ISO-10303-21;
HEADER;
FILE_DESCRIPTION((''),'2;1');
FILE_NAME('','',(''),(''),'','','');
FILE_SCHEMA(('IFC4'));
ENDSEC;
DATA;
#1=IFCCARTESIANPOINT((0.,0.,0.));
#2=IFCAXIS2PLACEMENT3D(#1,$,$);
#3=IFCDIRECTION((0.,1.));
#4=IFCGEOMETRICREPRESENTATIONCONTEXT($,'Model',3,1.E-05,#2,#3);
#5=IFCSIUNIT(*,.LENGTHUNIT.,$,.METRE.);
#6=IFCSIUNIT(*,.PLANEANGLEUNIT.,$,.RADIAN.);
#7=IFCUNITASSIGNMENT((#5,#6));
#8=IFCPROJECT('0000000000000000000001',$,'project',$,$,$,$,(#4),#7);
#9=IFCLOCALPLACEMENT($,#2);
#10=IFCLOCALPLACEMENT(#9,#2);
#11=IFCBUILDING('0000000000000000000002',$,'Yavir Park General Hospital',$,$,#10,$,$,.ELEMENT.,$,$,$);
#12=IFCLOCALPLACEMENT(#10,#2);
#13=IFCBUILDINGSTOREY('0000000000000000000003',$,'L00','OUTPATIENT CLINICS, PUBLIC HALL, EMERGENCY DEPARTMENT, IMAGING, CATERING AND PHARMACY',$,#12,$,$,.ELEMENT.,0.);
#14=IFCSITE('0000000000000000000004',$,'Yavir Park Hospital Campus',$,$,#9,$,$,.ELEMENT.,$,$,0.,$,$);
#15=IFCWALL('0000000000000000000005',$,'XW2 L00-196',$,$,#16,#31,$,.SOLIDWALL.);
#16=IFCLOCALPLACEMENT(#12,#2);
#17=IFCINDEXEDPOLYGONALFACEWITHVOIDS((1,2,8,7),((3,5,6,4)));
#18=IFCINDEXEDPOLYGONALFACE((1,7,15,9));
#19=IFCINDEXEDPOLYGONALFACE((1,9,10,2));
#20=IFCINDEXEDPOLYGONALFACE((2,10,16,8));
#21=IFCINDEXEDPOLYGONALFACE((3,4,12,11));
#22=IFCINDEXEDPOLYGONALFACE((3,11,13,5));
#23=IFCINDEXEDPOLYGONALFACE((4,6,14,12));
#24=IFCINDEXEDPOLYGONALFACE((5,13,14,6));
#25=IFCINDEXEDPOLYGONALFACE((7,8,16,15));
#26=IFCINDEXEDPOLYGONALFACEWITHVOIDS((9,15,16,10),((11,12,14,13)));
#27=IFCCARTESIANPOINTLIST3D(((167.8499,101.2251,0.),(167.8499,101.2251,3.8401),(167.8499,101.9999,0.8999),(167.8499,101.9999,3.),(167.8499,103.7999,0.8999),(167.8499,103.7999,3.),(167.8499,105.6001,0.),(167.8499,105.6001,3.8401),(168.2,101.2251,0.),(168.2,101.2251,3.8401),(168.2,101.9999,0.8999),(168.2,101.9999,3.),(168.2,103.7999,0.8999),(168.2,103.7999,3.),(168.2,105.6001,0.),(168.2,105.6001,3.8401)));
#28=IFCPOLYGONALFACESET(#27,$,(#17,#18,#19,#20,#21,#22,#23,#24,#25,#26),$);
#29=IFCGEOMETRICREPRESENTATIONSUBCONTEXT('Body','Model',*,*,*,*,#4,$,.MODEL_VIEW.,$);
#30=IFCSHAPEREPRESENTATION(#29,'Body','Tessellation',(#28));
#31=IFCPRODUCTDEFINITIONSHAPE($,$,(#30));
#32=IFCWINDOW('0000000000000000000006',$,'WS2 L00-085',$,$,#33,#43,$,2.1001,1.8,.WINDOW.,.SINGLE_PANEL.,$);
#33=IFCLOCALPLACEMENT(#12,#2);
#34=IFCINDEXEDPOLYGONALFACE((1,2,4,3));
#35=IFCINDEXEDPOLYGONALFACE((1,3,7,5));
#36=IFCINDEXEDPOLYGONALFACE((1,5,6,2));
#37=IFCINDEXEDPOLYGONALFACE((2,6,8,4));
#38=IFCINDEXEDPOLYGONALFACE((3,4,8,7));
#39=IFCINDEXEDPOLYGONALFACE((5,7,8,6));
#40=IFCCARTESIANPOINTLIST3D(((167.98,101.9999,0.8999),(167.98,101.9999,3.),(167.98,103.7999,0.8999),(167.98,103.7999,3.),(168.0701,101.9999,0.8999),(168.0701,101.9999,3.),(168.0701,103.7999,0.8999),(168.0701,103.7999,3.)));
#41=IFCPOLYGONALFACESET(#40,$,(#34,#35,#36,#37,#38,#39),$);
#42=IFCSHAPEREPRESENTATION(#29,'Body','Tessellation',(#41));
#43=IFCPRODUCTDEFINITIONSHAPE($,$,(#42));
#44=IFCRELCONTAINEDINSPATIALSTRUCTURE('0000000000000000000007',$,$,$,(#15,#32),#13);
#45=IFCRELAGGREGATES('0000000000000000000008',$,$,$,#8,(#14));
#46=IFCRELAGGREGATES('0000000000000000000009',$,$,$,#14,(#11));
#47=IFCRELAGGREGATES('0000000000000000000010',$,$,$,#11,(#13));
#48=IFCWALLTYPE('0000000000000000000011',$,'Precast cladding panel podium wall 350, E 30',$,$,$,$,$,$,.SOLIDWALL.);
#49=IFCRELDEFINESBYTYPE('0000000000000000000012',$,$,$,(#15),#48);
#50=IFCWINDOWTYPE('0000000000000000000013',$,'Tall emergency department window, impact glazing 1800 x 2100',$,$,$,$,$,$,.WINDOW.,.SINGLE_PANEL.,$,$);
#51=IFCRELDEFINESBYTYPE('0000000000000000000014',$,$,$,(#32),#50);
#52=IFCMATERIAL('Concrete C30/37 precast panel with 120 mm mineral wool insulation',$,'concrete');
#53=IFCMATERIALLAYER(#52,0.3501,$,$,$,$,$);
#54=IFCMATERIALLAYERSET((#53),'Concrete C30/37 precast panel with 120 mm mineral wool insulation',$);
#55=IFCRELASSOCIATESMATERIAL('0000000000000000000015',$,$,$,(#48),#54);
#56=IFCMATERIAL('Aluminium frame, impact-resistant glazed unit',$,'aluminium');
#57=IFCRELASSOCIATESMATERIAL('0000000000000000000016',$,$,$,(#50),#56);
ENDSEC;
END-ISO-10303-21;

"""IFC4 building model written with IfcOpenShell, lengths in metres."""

from ifc_helpers import new_model, si_unit, direction, frame, frame_2d, origin, place, context, subcontext, project, spatial, rectangle, extrude, material, layer, layer_set, type_object, element, fill, save


model = new_model("IFC4")

# Units and contexts
model_context = context("Model", 3, precision=1e-05, world=origin(), true_north=direction((0.0, 1.0)))
body_context = subcontext(model_context, "Body", "Model", "MODEL_VIEW")
ifc_project = project(units=[si_unit("LENGTHUNIT", "METRE"), si_unit("PLANEANGLEUNIT", "RADIAN")], contexts=[model_context])

# Site, building, storey
site_placement = place(None, origin())
site = spatial("IfcSite", under=ifc_project, at=site_placement, Name="Yavir Park Hospital Campus", CompositionType="ELEMENT", RefElevation=0.0)
building_placement = place(site_placement, origin())
building = spatial("IfcBuilding", under=site, at=building_placement, Name="Yavir Park General Hospital", CompositionType="ELEMENT")
storey_placement = place(building_placement, origin())
storey = spatial("IfcBuildingStorey", under=building, at=storey_placement, Name="L00", Description="OUTPATIENT CLINICS, PUBLIC HALL, EMERGENCY DEPARTMENT, IMAGING, CATERING AND PHARMACY", CompositionType="ELEMENT", Elevation=0.0)

# Shared definitions
ifc_material_1 = material(Name="Concrete C30/37 precast panel with 120 mm mineral wool insulation", Category="concrete")
ifc_layer_1 = layer(ifc_material_1, 0.3501)
ifc_layer_set_1 = layer_set([ifc_layer_1], Name="Concrete C30/37 precast panel with 120 mm mineral wool insulation")
wall_type_1 = type_object("IfcWallType", Name="Precast cladding panel podium wall 350, E 30", PredefinedType="SOLIDWALL", material=ifc_layer_set_1)

# Wall, opening, window
wall_1_placement = place(storey_placement, frame((168.0249, 101.2251, 0.0), z_axis=(0.0, 0.0, 1.0), x_axis=(0.0, 1.0, 0.0)))
wall_1 = element("IfcWall", 1, at=wall_1_placement, inside=storey, type_object=wall_type_1, Name="XW2 L00-196", PredefinedType="SOLIDWALL", context=body_context, shape_type="SweptSolid", body=[
    extrude(rectangle(XDim=4.375, YDim=0.3501, at=frame_2d((2.1875, 0.0))), origin(), (0.0, 0.0, 1.0), 3.8401),
])
opening_1_placement = place(wall_1_placement, frame((0.7749, 0.0, 0.8999)))
opening_1 = element("IfcOpeningElement", 2, at=opening_1_placement, cuts=wall_1, PredefinedType="OPENING", context=body_context, shape_type="SweptSolid", body=[
    extrude(rectangle(XDim=1.8, YDim=2.1001, at=frame_2d((0.8999, 1.05))), frame((0.0, 0.1851, 0.0), z_axis=(0.0, -1.0, 0.0), x_axis=(1.0, 0.0, 0.0)), (0.0, 0.0, 1.0), 0.3701),
])
ifc_material_2 = material(Name="Aluminium frame, impact-resistant glazed unit", Category="aluminium")
window_type = type_object("IfcWindowType", Name="Tall emergency department window, impact glazing 1800 x 2100", PartitioningType="SINGLE_PANEL", PredefinedType="WINDOW", material=ifc_material_2)
window_placement = place(opening_1_placement, origin())
window = element("IfcWindow", 3, at=window_placement, inside=storey, type_object=window_type, Name="WS2 L00-085", OverallHeight=2.1001, OverallWidth=1.8, PartitioningType="SINGLE_PANEL", PredefinedType="WINDOW", context=body_context, shape_type="SweptSolid", body=[
    extrude(rectangle(XDim=1.8, YDim=2.1001, at=frame_2d((0.8999, 1.05))), frame((0.0, 0.0449, 0.0), z_axis=(0.0, -1.0, 0.0), x_axis=(1.0, 0.0, 0.0)), (0.0, 0.0, 1.0), 0.0901),
])
fill(opening_1, window)

save(model, "model.ifc")
